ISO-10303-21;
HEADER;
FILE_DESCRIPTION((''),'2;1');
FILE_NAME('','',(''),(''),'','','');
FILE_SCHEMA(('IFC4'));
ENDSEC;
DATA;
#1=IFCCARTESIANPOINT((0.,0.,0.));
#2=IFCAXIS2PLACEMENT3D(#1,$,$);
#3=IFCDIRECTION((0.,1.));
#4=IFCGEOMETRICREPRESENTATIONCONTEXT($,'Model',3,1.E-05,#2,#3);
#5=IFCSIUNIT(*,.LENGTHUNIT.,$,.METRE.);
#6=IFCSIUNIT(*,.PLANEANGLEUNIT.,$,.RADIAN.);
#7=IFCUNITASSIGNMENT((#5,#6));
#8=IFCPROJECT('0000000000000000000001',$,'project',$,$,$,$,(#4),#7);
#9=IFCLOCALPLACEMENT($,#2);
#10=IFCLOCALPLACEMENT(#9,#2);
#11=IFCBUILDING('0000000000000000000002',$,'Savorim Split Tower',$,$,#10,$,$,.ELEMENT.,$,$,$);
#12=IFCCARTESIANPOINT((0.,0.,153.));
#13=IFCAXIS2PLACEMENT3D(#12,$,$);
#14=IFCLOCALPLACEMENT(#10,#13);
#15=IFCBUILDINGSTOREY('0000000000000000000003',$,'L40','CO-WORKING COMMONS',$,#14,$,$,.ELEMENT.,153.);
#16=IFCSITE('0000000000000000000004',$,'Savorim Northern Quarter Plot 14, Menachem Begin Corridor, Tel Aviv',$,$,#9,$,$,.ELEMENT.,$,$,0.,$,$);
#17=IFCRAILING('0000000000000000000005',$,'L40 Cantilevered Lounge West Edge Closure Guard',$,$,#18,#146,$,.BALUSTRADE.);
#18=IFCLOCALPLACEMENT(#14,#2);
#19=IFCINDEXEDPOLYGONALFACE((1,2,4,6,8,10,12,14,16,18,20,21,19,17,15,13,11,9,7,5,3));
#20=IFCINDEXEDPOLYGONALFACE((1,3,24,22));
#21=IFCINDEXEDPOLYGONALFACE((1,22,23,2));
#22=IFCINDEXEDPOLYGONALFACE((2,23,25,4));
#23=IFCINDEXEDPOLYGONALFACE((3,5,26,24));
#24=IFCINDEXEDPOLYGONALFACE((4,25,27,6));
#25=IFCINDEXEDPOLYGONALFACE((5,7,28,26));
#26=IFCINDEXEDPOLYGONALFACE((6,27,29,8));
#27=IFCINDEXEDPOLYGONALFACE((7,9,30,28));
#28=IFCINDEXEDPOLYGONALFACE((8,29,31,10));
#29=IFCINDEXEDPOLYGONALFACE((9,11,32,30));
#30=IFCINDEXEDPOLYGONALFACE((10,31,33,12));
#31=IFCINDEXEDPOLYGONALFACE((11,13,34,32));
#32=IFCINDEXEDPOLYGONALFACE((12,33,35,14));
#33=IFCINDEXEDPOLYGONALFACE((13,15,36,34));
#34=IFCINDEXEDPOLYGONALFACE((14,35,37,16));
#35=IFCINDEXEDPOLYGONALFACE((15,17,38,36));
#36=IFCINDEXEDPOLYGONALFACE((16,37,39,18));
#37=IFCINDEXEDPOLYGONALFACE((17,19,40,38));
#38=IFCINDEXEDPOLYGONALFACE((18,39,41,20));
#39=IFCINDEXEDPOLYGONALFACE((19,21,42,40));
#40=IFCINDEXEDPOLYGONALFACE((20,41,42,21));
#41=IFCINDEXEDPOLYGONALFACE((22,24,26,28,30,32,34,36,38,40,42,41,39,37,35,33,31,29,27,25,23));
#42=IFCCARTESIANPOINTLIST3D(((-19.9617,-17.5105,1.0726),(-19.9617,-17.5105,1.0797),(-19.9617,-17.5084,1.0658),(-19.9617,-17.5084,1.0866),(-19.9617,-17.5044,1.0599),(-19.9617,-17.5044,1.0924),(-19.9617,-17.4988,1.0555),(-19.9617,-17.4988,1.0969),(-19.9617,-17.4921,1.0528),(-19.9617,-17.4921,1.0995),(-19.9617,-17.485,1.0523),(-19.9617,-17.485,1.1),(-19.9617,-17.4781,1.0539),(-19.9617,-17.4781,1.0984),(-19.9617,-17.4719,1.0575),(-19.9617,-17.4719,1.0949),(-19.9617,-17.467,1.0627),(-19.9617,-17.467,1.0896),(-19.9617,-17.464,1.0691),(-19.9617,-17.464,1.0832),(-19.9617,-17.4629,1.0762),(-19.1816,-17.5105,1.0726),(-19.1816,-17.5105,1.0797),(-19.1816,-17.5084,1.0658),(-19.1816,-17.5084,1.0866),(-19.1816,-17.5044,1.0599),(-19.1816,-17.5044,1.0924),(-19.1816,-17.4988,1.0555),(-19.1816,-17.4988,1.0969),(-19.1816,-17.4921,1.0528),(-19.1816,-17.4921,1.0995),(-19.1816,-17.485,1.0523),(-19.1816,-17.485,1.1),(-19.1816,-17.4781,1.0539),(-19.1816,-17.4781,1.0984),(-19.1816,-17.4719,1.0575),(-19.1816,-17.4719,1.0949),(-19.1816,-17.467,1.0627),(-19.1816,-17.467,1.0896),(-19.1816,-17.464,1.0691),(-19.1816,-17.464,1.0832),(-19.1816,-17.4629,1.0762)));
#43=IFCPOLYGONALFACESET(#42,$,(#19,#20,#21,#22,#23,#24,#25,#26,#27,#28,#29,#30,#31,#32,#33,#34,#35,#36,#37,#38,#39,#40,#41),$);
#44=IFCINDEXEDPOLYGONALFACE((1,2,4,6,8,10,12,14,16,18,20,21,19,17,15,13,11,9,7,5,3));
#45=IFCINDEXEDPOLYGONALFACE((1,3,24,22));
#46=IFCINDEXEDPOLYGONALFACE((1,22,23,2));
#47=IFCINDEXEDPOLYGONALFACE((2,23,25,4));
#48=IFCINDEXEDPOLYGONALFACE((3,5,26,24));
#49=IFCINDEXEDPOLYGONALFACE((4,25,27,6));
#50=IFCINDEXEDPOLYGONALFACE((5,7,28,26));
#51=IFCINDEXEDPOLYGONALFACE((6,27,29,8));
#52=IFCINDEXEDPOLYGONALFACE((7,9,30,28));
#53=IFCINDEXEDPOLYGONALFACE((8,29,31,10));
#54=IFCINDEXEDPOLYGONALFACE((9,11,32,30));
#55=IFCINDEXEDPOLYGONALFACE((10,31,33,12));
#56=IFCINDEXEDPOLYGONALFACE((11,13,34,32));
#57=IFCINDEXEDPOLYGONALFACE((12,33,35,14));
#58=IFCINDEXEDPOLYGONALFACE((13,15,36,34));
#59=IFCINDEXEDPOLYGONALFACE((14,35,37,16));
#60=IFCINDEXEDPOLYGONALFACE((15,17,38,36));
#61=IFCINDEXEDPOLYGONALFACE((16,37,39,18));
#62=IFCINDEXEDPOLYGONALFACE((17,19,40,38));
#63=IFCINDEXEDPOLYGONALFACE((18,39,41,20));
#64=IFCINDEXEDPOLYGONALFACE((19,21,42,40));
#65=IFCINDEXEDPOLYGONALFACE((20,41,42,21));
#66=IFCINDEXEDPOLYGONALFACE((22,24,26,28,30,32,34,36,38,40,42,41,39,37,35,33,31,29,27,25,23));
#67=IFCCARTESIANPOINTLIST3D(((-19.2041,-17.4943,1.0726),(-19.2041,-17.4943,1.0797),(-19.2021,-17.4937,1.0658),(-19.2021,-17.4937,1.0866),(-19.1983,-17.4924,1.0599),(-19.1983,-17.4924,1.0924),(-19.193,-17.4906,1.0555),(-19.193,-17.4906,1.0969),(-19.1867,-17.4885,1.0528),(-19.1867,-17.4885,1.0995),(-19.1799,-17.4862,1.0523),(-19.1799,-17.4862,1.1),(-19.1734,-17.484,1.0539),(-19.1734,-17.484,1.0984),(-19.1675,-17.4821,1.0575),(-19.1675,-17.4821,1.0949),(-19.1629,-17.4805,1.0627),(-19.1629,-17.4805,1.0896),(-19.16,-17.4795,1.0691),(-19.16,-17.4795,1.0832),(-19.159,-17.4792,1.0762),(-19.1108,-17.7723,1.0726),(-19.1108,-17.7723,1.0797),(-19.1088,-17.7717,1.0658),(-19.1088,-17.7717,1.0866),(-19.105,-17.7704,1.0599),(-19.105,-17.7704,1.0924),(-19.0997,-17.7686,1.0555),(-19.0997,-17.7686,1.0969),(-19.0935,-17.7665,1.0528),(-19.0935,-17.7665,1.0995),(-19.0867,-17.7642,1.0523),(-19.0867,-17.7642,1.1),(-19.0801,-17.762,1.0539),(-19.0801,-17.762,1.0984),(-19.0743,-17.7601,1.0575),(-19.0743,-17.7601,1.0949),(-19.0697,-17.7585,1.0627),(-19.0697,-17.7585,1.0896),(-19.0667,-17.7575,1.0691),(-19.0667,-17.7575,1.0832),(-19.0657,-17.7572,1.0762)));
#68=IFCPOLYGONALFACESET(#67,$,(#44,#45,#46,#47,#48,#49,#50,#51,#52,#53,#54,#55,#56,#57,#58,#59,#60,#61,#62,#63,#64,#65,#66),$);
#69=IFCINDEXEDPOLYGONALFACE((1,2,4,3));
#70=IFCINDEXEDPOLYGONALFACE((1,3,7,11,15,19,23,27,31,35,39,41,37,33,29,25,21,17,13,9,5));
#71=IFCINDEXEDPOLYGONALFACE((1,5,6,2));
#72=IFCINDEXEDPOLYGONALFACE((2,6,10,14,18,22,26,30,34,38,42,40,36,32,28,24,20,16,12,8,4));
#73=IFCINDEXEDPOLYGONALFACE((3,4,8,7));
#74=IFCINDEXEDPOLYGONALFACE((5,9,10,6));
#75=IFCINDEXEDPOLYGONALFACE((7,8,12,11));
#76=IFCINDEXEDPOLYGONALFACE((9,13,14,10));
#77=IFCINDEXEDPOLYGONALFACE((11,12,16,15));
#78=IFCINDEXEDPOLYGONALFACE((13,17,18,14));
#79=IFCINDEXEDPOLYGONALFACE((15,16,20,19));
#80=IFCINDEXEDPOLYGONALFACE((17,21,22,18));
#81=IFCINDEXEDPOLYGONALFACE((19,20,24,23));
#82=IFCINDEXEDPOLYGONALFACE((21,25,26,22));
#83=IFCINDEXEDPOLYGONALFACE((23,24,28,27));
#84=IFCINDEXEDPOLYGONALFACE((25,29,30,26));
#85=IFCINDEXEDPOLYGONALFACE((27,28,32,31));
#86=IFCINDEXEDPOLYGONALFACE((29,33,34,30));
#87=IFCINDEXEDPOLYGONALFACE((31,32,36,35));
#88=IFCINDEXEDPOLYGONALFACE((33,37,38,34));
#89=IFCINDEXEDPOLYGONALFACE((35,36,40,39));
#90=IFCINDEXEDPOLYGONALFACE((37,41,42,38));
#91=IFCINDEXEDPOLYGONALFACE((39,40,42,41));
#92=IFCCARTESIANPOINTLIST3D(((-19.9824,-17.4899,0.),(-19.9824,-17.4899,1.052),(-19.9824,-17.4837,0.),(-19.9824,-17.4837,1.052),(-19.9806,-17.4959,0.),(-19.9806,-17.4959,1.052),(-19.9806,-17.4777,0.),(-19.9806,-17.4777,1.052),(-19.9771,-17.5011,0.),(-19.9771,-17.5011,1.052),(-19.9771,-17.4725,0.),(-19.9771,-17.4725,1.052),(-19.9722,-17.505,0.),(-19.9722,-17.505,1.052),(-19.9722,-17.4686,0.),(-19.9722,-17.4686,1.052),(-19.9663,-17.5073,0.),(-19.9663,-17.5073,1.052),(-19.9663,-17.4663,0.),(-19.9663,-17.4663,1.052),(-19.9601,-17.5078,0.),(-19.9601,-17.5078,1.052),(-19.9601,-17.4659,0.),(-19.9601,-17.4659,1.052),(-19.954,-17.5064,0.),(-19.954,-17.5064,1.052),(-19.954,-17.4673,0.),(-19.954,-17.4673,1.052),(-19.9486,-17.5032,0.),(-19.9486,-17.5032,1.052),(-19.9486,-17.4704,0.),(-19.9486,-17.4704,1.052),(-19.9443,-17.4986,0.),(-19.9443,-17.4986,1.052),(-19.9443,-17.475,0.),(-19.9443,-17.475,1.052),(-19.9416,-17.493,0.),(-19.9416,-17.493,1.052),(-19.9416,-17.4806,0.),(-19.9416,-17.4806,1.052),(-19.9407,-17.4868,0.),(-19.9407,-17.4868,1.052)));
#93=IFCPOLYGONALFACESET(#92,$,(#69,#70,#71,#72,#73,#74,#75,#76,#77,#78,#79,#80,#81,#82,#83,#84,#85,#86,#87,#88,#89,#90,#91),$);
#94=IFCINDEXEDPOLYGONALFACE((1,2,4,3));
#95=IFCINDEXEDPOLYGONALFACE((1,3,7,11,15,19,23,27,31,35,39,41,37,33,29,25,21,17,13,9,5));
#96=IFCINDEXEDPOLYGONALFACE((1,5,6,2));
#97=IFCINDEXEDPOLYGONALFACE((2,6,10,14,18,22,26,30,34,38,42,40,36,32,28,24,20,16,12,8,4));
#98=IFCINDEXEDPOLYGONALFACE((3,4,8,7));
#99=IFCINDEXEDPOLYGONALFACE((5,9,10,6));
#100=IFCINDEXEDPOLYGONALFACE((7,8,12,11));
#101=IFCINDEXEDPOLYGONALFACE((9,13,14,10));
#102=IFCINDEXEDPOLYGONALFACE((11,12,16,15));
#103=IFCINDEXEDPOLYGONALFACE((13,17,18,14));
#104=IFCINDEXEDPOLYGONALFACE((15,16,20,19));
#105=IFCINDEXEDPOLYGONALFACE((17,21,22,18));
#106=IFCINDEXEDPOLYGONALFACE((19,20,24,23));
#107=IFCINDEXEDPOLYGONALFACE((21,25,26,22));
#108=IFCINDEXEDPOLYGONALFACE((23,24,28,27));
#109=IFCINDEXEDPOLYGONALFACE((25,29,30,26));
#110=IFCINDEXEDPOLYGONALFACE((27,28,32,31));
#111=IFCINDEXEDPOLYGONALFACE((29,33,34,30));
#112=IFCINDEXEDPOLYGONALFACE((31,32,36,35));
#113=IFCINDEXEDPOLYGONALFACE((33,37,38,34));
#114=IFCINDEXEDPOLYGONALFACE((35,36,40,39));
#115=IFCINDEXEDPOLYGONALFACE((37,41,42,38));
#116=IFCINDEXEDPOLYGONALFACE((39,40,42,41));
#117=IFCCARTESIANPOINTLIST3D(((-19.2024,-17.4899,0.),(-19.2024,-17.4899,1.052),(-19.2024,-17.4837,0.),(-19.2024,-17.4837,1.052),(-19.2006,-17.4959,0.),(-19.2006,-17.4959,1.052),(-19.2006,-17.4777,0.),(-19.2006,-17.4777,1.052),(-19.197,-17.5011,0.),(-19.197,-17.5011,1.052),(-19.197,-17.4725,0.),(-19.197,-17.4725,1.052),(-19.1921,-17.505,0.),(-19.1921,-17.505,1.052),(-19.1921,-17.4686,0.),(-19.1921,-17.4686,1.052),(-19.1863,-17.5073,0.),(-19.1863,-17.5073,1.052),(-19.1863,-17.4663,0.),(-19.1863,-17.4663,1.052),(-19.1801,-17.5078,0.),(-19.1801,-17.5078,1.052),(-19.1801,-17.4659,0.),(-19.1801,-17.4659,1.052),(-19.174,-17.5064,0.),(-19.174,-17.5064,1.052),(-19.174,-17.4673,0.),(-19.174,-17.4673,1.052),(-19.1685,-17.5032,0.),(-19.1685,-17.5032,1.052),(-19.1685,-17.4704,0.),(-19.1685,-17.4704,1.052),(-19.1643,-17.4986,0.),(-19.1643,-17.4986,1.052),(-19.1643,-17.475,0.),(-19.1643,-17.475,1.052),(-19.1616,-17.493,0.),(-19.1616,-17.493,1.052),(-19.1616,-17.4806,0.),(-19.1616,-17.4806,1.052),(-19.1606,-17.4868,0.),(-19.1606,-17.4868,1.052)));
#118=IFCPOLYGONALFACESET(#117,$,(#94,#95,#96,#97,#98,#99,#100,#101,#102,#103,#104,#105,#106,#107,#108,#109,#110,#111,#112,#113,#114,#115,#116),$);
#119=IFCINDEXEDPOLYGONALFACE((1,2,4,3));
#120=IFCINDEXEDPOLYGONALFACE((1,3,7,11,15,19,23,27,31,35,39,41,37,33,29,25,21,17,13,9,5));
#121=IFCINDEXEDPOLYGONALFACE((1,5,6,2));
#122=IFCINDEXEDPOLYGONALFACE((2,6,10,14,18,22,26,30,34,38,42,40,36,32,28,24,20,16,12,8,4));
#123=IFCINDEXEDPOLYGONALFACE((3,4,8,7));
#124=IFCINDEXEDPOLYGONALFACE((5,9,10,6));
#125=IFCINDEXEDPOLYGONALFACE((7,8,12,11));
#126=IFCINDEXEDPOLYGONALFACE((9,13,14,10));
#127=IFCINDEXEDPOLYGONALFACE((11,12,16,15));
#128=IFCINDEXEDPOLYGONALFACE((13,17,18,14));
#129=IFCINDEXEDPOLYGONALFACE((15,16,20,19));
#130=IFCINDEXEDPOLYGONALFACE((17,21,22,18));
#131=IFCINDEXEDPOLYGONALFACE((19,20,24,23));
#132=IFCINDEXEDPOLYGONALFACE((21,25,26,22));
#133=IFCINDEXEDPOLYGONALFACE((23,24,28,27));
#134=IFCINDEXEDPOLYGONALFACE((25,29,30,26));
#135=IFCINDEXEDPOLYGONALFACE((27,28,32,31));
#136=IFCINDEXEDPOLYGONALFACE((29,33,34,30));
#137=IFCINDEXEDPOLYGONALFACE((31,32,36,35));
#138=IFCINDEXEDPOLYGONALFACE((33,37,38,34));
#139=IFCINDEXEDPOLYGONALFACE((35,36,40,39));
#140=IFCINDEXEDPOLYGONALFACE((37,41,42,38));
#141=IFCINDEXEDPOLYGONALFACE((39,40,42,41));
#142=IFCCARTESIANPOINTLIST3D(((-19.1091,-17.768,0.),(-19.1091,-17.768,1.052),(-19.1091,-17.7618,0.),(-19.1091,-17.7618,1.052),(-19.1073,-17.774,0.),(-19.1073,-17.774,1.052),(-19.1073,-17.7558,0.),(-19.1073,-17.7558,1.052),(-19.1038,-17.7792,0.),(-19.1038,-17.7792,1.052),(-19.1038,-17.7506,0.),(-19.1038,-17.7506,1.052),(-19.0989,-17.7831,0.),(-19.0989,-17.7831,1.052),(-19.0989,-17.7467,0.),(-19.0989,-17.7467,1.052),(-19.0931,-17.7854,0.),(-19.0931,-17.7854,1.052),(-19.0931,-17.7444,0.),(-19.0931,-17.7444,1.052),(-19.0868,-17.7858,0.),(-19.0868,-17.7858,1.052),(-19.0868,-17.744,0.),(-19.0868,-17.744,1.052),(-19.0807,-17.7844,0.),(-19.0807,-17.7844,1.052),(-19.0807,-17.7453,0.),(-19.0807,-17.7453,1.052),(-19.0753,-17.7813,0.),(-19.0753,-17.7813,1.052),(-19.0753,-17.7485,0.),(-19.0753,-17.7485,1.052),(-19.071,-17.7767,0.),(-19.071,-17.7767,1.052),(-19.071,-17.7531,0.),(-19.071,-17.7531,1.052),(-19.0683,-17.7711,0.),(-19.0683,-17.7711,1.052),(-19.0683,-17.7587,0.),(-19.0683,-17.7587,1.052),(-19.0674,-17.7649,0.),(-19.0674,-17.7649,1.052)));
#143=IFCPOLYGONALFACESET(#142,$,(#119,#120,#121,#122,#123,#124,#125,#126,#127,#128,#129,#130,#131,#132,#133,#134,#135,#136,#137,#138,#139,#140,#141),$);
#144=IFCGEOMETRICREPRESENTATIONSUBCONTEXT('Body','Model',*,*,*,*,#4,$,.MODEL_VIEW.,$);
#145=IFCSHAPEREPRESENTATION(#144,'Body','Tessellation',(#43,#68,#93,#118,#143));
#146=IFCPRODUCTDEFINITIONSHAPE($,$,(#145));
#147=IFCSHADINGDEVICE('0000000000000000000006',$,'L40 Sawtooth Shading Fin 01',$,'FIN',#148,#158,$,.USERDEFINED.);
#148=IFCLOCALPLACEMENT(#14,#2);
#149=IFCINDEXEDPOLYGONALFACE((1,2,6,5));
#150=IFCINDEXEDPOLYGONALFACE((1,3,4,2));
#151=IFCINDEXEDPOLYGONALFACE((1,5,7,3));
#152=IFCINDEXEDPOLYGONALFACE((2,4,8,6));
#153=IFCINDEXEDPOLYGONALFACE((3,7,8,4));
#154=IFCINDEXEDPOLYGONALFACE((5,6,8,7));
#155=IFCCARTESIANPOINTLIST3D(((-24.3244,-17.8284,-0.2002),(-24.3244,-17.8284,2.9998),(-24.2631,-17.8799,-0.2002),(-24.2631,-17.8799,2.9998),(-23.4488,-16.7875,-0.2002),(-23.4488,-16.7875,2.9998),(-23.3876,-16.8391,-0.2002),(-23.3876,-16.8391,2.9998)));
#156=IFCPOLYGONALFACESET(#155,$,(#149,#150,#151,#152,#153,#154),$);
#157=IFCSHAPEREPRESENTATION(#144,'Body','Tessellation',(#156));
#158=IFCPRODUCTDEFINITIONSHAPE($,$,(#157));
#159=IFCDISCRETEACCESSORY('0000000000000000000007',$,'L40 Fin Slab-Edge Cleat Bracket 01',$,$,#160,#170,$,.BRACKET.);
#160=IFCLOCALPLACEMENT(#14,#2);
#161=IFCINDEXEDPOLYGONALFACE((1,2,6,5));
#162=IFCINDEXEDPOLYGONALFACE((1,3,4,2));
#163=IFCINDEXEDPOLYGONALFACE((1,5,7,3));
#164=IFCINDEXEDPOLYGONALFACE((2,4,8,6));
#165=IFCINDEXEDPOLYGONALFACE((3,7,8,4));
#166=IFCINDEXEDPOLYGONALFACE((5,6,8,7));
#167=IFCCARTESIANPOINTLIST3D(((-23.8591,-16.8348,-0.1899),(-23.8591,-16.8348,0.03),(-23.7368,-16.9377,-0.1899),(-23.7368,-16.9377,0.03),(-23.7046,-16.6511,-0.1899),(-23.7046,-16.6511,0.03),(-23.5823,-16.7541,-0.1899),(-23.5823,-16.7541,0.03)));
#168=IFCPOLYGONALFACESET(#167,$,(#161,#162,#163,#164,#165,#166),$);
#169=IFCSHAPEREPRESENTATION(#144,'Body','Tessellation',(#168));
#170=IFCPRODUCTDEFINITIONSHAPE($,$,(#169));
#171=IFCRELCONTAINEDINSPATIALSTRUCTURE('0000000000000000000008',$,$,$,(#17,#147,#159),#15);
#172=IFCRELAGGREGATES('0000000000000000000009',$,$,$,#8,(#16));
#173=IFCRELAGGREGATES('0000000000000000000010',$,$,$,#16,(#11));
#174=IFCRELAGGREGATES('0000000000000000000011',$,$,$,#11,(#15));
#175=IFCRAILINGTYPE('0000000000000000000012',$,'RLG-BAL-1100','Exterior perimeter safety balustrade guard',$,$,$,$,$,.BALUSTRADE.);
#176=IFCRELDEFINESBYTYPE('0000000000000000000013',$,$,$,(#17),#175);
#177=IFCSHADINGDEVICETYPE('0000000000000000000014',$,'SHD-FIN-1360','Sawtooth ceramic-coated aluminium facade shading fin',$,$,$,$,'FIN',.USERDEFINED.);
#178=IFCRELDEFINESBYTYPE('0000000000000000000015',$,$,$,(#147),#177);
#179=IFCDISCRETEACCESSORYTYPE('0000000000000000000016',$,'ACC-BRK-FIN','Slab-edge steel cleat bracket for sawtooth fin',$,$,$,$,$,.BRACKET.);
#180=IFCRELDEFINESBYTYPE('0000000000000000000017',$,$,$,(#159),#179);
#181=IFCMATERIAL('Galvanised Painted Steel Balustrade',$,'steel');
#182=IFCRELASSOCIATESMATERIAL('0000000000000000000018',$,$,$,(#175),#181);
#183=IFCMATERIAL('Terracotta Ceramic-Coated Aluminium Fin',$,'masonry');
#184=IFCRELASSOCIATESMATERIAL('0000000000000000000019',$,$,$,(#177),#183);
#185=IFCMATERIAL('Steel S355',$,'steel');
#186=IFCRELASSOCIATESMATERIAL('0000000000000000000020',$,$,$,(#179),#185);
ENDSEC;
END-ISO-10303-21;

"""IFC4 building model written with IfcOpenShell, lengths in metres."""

from ifc_helpers import new_model, si_unit, direction, frame, origin, origin_2d, place, context, subcontext, project, spatial, rectangle, circle, extrude, material, type_object, element, save


model = new_model("IFC4")

# Units and contexts
model_context = context("Model", 3, precision=1e-05, world=origin(), true_north=direction((0.0, 1.0)))
body_context = subcontext(model_context, "Body", "Model", "MODEL_VIEW")
ifc_project = project(units=[si_unit("LENGTHUNIT", "METRE"), si_unit("PLANEANGLEUNIT", "RADIAN")], contexts=[model_context])

# Site, building, storey
site_placement = place(None, origin())
site = spatial("IfcSite", under=ifc_project, at=site_placement, Name="Savorim Northern Quarter Plot 14, Menachem Begin Corridor, Tel Aviv", CompositionType="ELEMENT", RefElevation=0.0)
building_placement = place(site_placement, origin())
building = spatial("IfcBuilding", under=site, at=building_placement, Name="Savorim Split Tower", CompositionType="ELEMENT")
storey_placement = place(building_placement, frame((0.0, 0.0, 153.0)))
storey = spatial("IfcBuildingStorey", under=building, at=storey_placement, Name="L40", Description="CO-WORKING COMMONS", CompositionType="ELEMENT", Elevation=153.0)

# Shared definitions
ifc_material_1 = material(Name="Steel S355", Category="steel")

# Railing
ifc_material_2 = material(Name="Galvanised Painted Steel Balustrade", Category="steel")
railing_type = type_object("IfcRailingType", Name="RLG-BAL-1100", Description="Exterior perimeter safety balustrade guard", PredefinedType="BALUSTRADE", material=ifc_material_2)
railing_placement = place(storey_placement, frame((-19.9617, -17.4868, 0.0)))
element("IfcRailing", 1, at=railing_placement, inside=storey, type_object=railing_type, Name="L40 Cantilevered Lounge West Edge Closure Guard", PredefinedType="BALUSTRADE", context=body_context, shape_type="SweptSolid", body=[
    extrude(circle(Radius=0.0239, at=origin_2d()), frame((0.0, 0.0, 1.0762), z_axis=(1.0, 0.0, 0.0), x_axis=(0.0, 1.0, 0.0)), (0.0, 0.0, 1.0), 0.78),
    extrude(circle(Radius=0.0239, at=origin_2d()), frame((0.78, 0.0, 1.0762), z_axis=(0.317975, -0.948099, 0.0), x_axis=(0.948099, 0.317975, 0.0)), (0.0, 0.0, 1.0), 0.2932),
    extrude(circle(Radius=0.021, at=origin_2d()), origin(), (0.0, 0.0, 1.0), 1.052),
    extrude(circle(Radius=0.021, at=origin_2d()), frame((0.78, 0.0, 0.0)), (0.0, 0.0, 1.0), 1.052),
    extrude(circle(Radius=0.021, at=origin_2d()), frame((0.8733, -0.2781, 0.0)), (0.0, 0.0, 1.0), 1.052),
])

# Shading device
ifc_material_3 = material(Name="Terracotta Ceramic-Coated Aluminium Fin", Category="masonry")
shading_device_type = type_object("IfcShadingDeviceType", Name="SHD-FIN-1360", Description="Sawtooth ceramic-coated aluminium facade shading fin", ElementType="FIN", PredefinedType="USERDEFINED", material=ifc_material_3)
shading_device_placement = place(storey_placement, frame((-23.856, -17.3337, -0.2002), z_axis=(0.0, 0.0, 1.0), x_axis=(-0.643719, -0.765262, 0.0)))
element("IfcShadingDevice", 2, at=shading_device_placement, inside=storey, type_object=shading_device_type, Name="L40 Sawtooth Shading Fin 01", ObjectType="FIN", PredefinedType="USERDEFINED", context=body_context, shape_type="SweptSolid", body=[
    extrude(rectangle(XDim=1.3601, YDim=0.0801, at=origin_2d()), origin(), (0.0, 0.0, 1.0), 3.2),
])

# Discrete accessory
discrete_accessory_type = type_object("IfcDiscreteAccessoryType", Name="ACC-BRK-FIN", Description="Slab-edge steel cleat bracket for sawtooth fin", PredefinedType="BRACKET", material=ifc_material_1)
discrete_accessory_placement = place(storey_placement, frame((-23.7207, -16.7944, -0.1899), z_axis=(0.0, 0.0, 1.0), x_axis=(-0.643719, -0.765262, 0.0)))
element("IfcDiscreteAccessory", 3, at=discrete_accessory_placement, inside=storey, type_object=discrete_accessory_type, Name="L40 Fin Slab-Edge Cleat Bracket 01", PredefinedType="BRACKET", context=body_context, shape_type="SweptSolid", body=[
    extrude(rectangle(XDim=0.24, YDim=0.1599, at=origin_2d()), origin(), (0.0, 0.0, 1.0), 0.22),
])

save(model, "model.ifc")
